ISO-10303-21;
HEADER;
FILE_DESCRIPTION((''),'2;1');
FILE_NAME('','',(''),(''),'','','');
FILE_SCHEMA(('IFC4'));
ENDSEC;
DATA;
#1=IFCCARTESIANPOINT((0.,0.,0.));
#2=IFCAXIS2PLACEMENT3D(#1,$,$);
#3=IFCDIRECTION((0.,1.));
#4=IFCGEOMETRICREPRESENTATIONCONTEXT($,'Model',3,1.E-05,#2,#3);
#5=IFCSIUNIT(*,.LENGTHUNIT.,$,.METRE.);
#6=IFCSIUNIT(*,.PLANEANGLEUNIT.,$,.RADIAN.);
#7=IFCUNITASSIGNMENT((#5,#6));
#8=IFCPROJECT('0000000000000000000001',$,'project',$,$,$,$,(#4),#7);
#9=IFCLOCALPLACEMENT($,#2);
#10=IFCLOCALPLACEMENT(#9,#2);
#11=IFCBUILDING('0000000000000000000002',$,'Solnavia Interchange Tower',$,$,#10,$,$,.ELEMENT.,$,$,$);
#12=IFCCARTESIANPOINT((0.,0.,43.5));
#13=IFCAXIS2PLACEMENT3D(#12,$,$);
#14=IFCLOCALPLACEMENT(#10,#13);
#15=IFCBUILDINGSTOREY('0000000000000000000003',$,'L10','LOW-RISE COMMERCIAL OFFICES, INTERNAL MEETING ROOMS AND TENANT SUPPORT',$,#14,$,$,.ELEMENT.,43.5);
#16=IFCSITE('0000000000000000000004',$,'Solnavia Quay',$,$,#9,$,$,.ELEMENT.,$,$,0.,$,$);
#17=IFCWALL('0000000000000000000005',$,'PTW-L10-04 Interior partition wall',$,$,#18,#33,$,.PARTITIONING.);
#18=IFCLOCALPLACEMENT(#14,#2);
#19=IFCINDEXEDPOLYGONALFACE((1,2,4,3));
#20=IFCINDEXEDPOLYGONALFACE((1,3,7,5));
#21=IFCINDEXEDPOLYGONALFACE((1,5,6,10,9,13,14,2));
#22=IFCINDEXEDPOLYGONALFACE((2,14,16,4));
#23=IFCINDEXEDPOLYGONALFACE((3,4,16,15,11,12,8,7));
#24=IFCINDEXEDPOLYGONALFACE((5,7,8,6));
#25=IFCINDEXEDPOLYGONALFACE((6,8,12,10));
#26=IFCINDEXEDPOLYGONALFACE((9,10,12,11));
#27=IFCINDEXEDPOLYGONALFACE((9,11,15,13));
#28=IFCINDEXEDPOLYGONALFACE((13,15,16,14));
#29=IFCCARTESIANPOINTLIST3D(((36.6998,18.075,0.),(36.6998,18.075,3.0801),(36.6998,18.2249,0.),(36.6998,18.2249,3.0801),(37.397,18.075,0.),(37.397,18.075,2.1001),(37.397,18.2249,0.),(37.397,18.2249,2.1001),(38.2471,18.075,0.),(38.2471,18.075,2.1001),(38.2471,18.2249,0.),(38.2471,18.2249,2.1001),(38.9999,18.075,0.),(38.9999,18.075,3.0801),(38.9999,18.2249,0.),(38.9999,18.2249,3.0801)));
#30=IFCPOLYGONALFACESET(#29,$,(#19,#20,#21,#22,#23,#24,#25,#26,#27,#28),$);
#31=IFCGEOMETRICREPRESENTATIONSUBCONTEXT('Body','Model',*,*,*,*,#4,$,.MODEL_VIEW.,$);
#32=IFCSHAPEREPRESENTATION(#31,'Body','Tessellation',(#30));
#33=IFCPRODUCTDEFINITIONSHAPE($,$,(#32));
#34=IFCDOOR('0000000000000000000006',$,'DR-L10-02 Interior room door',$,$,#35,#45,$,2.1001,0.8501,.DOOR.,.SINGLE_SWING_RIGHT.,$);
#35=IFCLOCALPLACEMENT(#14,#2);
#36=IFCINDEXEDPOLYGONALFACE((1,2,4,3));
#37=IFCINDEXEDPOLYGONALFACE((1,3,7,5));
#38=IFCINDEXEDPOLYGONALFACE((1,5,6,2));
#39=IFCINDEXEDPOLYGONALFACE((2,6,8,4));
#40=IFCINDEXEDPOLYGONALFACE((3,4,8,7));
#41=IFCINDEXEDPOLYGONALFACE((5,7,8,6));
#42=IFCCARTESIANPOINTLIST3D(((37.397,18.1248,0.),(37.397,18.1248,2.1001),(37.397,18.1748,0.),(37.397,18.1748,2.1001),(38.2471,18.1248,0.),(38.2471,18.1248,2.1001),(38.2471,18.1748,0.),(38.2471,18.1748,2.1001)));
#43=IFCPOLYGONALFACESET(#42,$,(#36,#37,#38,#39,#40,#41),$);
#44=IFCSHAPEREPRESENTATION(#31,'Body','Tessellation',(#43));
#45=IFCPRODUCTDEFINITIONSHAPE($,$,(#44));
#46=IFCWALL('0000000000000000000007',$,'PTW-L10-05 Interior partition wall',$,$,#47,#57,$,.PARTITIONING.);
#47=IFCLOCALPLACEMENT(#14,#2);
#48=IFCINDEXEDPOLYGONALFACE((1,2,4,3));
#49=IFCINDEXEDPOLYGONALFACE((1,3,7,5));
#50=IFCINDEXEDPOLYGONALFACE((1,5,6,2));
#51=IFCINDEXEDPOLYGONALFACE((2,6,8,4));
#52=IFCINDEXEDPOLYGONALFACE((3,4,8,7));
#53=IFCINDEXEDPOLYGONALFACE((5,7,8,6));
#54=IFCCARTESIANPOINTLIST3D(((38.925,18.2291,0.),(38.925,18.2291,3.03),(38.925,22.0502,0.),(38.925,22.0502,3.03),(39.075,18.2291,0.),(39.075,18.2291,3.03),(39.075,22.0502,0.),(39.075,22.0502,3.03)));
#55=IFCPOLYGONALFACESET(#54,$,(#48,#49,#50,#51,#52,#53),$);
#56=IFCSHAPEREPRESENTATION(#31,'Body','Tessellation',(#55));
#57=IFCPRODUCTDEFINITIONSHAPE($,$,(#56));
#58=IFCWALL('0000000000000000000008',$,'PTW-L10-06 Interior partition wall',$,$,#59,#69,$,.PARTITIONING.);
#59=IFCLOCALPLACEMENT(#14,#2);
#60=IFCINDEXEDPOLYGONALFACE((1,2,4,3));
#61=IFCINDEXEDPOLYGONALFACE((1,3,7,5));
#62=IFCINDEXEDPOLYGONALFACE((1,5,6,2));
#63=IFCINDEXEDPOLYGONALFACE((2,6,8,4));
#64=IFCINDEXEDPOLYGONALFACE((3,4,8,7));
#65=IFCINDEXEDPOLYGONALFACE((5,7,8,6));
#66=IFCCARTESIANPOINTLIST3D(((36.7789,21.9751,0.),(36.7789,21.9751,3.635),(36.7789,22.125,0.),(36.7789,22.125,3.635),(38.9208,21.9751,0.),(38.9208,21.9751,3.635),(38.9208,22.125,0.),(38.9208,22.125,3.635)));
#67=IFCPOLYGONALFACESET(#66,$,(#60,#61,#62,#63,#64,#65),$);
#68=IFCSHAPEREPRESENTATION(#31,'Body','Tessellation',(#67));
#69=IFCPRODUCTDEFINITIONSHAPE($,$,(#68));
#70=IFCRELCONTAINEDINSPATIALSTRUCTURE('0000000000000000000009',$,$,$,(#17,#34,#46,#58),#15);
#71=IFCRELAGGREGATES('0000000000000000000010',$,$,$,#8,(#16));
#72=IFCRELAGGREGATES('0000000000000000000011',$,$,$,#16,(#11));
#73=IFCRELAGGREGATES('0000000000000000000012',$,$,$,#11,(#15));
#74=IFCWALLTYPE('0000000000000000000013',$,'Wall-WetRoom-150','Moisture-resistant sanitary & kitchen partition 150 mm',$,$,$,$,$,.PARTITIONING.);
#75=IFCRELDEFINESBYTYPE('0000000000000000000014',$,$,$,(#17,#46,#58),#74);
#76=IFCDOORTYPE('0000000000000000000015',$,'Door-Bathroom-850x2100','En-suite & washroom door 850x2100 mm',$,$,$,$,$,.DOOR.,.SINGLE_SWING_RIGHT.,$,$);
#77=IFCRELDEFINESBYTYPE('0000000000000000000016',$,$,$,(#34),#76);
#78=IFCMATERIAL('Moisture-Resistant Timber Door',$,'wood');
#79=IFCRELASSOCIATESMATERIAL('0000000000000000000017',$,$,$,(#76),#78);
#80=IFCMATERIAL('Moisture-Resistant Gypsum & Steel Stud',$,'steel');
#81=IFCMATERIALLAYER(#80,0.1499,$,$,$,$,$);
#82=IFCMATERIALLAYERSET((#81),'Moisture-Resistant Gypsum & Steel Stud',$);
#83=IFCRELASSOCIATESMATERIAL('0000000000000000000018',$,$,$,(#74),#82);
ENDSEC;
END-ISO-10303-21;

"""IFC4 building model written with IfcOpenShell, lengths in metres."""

from ifc_helpers import new_model, si_unit, direction, frame, frame_2d, origin, place, context, subcontext, project, spatial, rectangle, extrude, material, layer, layer_set, type_object, element, fill, save


model = new_model("IFC4")

# Units and contexts
model_context = context("Model", 3, precision=1e-05, world=origin(), true_north=direction((0.0, 1.0)))
body_context = subcontext(model_context, "Body", "Model", "MODEL_VIEW")
ifc_project = project(units=[si_unit("LENGTHUNIT", "METRE"), si_unit("PLANEANGLEUNIT", "RADIAN")], contexts=[model_context])

# Site, building, storey
site_placement = place(None, origin())
site = spatial("IfcSite", under=ifc_project, at=site_placement, Name="Solnavia Quay", CompositionType="ELEMENT", RefElevation=0.0)
building_placement = place(site_placement, origin())
building = spatial("IfcBuilding", under=site, at=building_placement, Name="Solnavia Interchange Tower", CompositionType="ELEMENT")
storey_placement = place(building_placement, frame((0.0, 0.0, 43.5)))
storey = spatial("IfcBuildingStorey", under=building, at=storey_placement, Name="L10", Description="LOW-RISE COMMERCIAL OFFICES, INTERNAL MEETING ROOMS AND TENANT SUPPORT", CompositionType="ELEMENT", Elevation=43.5)

# Shared definitions
ifc_material_1 = material(Name="Moisture-Resistant Timber Door", Category="wood")
door_type_1 = type_object("IfcDoorType", Name="Door-Bathroom-850x2100", Description="En-suite & washroom door 850x2100 mm", OperationType="SINGLE_SWING_RIGHT", PredefinedType="DOOR", material=ifc_material_1)

# Shared definitions
ifc_material_2 = material(Name="Moisture-Resistant Gypsum & Steel Stud", Category="steel")
ifc_layer_1 = layer(ifc_material_2, 0.1499)
ifc_layer_set_1 = layer_set([ifc_layer_1], Name="Moisture-Resistant Gypsum & Steel Stud")
wall_type_1 = type_object("IfcWallType", Name="Wall-WetRoom-150", Description="Moisture-resistant sanitary & kitchen partition 150 mm", PredefinedType="PARTITIONING", material=ifc_layer_set_1)

# Wall, opening, door
wall_1_placement = place(storey_placement, frame((36.7, 18.1499, 0.0), z_axis=(0.0, 0.0, 1.0), x_axis=(1.0, 0.0, 0.0)))
wall_1 = element("IfcWall", 1, at=wall_1_placement, inside=storey, type_object=wall_type_1, Name="PTW-L10-04 Interior partition wall", PredefinedType="PARTITIONING", context=body_context, shape_type="SweptSolid", body=[
    extrude(rectangle(XDim=2.3, YDim=0.1499, at=frame_2d((1.1499, 0.0))), origin(), (0.0, 0.0, 1.0), 3.0801),
])
opening_1_placement = place(wall_1_placement, frame((0.697, 0.0, 0.0)))
opening_1 = element("IfcOpeningElement", 2, at=opening_1_placement, cuts=wall_1, PredefinedType="OPENING", context=body_context, shape_type="SweptSolid", body=[
    extrude(rectangle(XDim=0.8501, YDim=2.1001, at=frame_2d((0.425, 1.05))), frame((0.0, 0.085, 0.0), z_axis=(0.0, -1.0, 0.0), x_axis=(1.0, 0.0, 0.0)), (0.0, 0.0, 1.0), 0.1699),
])
door_1_placement = place(opening_1_placement, origin())
door_1 = element("IfcDoor", 3, at=door_1_placement, inside=storey, type_object=door_type_1, Name="DR-L10-02 Interior room door", OperationType="SINGLE_SWING_RIGHT", OverallHeight=2.1001, OverallWidth=0.8501, PredefinedType="DOOR", context=body_context, shape_type="SweptSolid", body=[
    extrude(rectangle(XDim=0.8501, YDim=2.1001, at=frame_2d((0.425, 1.05))), frame((0.0, 0.0249, 0.0), z_axis=(0.0, -1.0, 0.0), x_axis=(1.0, 0.0, 0.0)), (0.0, 0.0, 1.0), 0.05),
])
fill(opening_1, door_1)

# Walls
wall_2_placement = place(storey_placement, frame((39.0, 18.229, 0.0), z_axis=(0.0, 0.0, 1.0), x_axis=(0.0, 1.0, 0.0)))
element("IfcWall", 4, at=wall_2_placement, inside=storey, type_object=wall_type_1, Name="PTW-L10-05 Interior partition wall", PredefinedType="PARTITIONING", context=body_context, shape_type="SweptSolid", body=[
    extrude(rectangle(XDim=3.821, YDim=0.1499, at=frame_2d((1.9106, 0.0))), origin(), (0.0, 0.0, 1.0), 3.03),
])
wall_3_placement = place(storey_placement, frame((36.7791, 22.05, 0.0), z_axis=(0.0, 0.0, 1.0), x_axis=(1.0, 0.0, 0.0)))
element("IfcWall", 5, at=wall_3_placement, inside=storey, type_object=wall_type_1, Name="PTW-L10-06 Interior partition wall", PredefinedType="PARTITIONING", context=body_context, shape_type="SweptSolid", body=[
    extrude(rectangle(XDim=2.1418, YDim=0.1499, at=frame_2d((1.0708, 0.0))), origin(), (0.0, 0.0, 1.0), 3.635),
])

save(model, "model.ifc")
